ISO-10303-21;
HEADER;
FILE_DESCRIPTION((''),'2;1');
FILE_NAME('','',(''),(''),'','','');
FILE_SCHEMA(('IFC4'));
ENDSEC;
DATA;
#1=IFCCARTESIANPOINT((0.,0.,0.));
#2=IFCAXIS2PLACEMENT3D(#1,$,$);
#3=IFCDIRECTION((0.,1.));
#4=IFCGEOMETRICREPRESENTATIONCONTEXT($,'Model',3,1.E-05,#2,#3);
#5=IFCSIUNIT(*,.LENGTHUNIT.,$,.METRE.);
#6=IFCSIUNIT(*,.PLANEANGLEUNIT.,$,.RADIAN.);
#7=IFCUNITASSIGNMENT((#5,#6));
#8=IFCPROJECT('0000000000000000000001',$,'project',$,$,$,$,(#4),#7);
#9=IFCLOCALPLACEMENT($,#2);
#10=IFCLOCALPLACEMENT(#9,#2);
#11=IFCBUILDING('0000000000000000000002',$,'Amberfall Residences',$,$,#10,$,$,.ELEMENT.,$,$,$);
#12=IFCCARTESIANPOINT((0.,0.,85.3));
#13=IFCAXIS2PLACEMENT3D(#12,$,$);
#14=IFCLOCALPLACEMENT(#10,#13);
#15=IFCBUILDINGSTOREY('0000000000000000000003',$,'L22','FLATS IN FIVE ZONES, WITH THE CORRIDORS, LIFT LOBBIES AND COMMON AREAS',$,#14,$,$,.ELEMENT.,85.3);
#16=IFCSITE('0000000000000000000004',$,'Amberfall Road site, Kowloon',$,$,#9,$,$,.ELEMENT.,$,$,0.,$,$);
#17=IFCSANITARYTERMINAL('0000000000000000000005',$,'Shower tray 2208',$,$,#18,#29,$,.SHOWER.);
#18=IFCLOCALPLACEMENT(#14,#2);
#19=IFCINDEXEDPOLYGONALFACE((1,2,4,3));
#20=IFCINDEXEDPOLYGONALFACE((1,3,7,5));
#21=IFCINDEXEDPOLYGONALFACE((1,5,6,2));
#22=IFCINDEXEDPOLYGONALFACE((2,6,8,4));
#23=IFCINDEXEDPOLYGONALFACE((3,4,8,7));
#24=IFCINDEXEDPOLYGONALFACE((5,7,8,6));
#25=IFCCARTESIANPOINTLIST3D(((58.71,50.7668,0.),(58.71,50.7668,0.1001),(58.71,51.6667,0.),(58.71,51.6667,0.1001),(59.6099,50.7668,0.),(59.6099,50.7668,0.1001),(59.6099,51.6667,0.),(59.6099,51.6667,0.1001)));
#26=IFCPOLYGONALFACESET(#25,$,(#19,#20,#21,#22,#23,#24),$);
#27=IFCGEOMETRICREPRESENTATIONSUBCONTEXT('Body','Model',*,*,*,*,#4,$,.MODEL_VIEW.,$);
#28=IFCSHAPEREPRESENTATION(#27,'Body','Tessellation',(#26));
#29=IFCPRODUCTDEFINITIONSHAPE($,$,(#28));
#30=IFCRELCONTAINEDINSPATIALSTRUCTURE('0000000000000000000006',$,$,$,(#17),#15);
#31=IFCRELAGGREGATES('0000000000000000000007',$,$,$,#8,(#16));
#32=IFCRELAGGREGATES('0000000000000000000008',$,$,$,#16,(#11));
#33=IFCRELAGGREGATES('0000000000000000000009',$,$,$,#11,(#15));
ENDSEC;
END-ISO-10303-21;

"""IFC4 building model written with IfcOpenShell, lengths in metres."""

from ifc_helpers import new_model, si_unit, direction, frame, origin, origin_2d, place, context, subcontext, project, spatial, rectangle, extrude, element, save


model = new_model("IFC4")

# Units and contexts
model_context = context("Model", 3, precision=1e-05, world=origin(), true_north=direction((0.0, 1.0)))
body_context = subcontext(model_context, "Body", "Model", "MODEL_VIEW")
ifc_project = project(units=[si_unit("LENGTHUNIT", "METRE"), si_unit("PLANEANGLEUNIT", "RADIAN")], contexts=[model_context])

# Site, building, storey
site_placement = place(None, origin())
site = spatial("IfcSite", under=ifc_project, at=site_placement, Name="Amberfall Road site, Kowloon", CompositionType="ELEMENT", RefElevation=0.0)
building_placement = place(site_placement, origin())
building = spatial("IfcBuilding", under=site, at=building_placement, Name="Amberfall Residences", CompositionType="ELEMENT")
storey_placement = place(building_placement, frame((0.0, 0.0, 85.3)))
storey = spatial("IfcBuildingStorey", under=building, at=storey_placement, Name="L22", Description="FLATS IN FIVE ZONES, WITH THE CORRIDORS, LIFT LOBBIES AND COMMON AREAS", CompositionType="ELEMENT", Elevation=85.3)

# Sanitary terminal
sanitary_terminal_1_placement = place(storey_placement, frame((59.1599, 51.2168, 0.0), z_axis=(0.0, 0.0, 1.0), x_axis=(1.0, 0.0, 0.0)))
element("IfcSanitaryTerminal", 1, at=sanitary_terminal_1_placement, inside=storey, Name="Shower tray 2208", PredefinedType="SHOWER", context=body_context, shape_type="SweptSolid", body=[
    extrude(rectangle(XDim=0.8999, YDim=0.8999, at=origin_2d()), origin(), (0.0, 0.0, 1.0), 0.1001),
])

save(model, "model.ifc")
